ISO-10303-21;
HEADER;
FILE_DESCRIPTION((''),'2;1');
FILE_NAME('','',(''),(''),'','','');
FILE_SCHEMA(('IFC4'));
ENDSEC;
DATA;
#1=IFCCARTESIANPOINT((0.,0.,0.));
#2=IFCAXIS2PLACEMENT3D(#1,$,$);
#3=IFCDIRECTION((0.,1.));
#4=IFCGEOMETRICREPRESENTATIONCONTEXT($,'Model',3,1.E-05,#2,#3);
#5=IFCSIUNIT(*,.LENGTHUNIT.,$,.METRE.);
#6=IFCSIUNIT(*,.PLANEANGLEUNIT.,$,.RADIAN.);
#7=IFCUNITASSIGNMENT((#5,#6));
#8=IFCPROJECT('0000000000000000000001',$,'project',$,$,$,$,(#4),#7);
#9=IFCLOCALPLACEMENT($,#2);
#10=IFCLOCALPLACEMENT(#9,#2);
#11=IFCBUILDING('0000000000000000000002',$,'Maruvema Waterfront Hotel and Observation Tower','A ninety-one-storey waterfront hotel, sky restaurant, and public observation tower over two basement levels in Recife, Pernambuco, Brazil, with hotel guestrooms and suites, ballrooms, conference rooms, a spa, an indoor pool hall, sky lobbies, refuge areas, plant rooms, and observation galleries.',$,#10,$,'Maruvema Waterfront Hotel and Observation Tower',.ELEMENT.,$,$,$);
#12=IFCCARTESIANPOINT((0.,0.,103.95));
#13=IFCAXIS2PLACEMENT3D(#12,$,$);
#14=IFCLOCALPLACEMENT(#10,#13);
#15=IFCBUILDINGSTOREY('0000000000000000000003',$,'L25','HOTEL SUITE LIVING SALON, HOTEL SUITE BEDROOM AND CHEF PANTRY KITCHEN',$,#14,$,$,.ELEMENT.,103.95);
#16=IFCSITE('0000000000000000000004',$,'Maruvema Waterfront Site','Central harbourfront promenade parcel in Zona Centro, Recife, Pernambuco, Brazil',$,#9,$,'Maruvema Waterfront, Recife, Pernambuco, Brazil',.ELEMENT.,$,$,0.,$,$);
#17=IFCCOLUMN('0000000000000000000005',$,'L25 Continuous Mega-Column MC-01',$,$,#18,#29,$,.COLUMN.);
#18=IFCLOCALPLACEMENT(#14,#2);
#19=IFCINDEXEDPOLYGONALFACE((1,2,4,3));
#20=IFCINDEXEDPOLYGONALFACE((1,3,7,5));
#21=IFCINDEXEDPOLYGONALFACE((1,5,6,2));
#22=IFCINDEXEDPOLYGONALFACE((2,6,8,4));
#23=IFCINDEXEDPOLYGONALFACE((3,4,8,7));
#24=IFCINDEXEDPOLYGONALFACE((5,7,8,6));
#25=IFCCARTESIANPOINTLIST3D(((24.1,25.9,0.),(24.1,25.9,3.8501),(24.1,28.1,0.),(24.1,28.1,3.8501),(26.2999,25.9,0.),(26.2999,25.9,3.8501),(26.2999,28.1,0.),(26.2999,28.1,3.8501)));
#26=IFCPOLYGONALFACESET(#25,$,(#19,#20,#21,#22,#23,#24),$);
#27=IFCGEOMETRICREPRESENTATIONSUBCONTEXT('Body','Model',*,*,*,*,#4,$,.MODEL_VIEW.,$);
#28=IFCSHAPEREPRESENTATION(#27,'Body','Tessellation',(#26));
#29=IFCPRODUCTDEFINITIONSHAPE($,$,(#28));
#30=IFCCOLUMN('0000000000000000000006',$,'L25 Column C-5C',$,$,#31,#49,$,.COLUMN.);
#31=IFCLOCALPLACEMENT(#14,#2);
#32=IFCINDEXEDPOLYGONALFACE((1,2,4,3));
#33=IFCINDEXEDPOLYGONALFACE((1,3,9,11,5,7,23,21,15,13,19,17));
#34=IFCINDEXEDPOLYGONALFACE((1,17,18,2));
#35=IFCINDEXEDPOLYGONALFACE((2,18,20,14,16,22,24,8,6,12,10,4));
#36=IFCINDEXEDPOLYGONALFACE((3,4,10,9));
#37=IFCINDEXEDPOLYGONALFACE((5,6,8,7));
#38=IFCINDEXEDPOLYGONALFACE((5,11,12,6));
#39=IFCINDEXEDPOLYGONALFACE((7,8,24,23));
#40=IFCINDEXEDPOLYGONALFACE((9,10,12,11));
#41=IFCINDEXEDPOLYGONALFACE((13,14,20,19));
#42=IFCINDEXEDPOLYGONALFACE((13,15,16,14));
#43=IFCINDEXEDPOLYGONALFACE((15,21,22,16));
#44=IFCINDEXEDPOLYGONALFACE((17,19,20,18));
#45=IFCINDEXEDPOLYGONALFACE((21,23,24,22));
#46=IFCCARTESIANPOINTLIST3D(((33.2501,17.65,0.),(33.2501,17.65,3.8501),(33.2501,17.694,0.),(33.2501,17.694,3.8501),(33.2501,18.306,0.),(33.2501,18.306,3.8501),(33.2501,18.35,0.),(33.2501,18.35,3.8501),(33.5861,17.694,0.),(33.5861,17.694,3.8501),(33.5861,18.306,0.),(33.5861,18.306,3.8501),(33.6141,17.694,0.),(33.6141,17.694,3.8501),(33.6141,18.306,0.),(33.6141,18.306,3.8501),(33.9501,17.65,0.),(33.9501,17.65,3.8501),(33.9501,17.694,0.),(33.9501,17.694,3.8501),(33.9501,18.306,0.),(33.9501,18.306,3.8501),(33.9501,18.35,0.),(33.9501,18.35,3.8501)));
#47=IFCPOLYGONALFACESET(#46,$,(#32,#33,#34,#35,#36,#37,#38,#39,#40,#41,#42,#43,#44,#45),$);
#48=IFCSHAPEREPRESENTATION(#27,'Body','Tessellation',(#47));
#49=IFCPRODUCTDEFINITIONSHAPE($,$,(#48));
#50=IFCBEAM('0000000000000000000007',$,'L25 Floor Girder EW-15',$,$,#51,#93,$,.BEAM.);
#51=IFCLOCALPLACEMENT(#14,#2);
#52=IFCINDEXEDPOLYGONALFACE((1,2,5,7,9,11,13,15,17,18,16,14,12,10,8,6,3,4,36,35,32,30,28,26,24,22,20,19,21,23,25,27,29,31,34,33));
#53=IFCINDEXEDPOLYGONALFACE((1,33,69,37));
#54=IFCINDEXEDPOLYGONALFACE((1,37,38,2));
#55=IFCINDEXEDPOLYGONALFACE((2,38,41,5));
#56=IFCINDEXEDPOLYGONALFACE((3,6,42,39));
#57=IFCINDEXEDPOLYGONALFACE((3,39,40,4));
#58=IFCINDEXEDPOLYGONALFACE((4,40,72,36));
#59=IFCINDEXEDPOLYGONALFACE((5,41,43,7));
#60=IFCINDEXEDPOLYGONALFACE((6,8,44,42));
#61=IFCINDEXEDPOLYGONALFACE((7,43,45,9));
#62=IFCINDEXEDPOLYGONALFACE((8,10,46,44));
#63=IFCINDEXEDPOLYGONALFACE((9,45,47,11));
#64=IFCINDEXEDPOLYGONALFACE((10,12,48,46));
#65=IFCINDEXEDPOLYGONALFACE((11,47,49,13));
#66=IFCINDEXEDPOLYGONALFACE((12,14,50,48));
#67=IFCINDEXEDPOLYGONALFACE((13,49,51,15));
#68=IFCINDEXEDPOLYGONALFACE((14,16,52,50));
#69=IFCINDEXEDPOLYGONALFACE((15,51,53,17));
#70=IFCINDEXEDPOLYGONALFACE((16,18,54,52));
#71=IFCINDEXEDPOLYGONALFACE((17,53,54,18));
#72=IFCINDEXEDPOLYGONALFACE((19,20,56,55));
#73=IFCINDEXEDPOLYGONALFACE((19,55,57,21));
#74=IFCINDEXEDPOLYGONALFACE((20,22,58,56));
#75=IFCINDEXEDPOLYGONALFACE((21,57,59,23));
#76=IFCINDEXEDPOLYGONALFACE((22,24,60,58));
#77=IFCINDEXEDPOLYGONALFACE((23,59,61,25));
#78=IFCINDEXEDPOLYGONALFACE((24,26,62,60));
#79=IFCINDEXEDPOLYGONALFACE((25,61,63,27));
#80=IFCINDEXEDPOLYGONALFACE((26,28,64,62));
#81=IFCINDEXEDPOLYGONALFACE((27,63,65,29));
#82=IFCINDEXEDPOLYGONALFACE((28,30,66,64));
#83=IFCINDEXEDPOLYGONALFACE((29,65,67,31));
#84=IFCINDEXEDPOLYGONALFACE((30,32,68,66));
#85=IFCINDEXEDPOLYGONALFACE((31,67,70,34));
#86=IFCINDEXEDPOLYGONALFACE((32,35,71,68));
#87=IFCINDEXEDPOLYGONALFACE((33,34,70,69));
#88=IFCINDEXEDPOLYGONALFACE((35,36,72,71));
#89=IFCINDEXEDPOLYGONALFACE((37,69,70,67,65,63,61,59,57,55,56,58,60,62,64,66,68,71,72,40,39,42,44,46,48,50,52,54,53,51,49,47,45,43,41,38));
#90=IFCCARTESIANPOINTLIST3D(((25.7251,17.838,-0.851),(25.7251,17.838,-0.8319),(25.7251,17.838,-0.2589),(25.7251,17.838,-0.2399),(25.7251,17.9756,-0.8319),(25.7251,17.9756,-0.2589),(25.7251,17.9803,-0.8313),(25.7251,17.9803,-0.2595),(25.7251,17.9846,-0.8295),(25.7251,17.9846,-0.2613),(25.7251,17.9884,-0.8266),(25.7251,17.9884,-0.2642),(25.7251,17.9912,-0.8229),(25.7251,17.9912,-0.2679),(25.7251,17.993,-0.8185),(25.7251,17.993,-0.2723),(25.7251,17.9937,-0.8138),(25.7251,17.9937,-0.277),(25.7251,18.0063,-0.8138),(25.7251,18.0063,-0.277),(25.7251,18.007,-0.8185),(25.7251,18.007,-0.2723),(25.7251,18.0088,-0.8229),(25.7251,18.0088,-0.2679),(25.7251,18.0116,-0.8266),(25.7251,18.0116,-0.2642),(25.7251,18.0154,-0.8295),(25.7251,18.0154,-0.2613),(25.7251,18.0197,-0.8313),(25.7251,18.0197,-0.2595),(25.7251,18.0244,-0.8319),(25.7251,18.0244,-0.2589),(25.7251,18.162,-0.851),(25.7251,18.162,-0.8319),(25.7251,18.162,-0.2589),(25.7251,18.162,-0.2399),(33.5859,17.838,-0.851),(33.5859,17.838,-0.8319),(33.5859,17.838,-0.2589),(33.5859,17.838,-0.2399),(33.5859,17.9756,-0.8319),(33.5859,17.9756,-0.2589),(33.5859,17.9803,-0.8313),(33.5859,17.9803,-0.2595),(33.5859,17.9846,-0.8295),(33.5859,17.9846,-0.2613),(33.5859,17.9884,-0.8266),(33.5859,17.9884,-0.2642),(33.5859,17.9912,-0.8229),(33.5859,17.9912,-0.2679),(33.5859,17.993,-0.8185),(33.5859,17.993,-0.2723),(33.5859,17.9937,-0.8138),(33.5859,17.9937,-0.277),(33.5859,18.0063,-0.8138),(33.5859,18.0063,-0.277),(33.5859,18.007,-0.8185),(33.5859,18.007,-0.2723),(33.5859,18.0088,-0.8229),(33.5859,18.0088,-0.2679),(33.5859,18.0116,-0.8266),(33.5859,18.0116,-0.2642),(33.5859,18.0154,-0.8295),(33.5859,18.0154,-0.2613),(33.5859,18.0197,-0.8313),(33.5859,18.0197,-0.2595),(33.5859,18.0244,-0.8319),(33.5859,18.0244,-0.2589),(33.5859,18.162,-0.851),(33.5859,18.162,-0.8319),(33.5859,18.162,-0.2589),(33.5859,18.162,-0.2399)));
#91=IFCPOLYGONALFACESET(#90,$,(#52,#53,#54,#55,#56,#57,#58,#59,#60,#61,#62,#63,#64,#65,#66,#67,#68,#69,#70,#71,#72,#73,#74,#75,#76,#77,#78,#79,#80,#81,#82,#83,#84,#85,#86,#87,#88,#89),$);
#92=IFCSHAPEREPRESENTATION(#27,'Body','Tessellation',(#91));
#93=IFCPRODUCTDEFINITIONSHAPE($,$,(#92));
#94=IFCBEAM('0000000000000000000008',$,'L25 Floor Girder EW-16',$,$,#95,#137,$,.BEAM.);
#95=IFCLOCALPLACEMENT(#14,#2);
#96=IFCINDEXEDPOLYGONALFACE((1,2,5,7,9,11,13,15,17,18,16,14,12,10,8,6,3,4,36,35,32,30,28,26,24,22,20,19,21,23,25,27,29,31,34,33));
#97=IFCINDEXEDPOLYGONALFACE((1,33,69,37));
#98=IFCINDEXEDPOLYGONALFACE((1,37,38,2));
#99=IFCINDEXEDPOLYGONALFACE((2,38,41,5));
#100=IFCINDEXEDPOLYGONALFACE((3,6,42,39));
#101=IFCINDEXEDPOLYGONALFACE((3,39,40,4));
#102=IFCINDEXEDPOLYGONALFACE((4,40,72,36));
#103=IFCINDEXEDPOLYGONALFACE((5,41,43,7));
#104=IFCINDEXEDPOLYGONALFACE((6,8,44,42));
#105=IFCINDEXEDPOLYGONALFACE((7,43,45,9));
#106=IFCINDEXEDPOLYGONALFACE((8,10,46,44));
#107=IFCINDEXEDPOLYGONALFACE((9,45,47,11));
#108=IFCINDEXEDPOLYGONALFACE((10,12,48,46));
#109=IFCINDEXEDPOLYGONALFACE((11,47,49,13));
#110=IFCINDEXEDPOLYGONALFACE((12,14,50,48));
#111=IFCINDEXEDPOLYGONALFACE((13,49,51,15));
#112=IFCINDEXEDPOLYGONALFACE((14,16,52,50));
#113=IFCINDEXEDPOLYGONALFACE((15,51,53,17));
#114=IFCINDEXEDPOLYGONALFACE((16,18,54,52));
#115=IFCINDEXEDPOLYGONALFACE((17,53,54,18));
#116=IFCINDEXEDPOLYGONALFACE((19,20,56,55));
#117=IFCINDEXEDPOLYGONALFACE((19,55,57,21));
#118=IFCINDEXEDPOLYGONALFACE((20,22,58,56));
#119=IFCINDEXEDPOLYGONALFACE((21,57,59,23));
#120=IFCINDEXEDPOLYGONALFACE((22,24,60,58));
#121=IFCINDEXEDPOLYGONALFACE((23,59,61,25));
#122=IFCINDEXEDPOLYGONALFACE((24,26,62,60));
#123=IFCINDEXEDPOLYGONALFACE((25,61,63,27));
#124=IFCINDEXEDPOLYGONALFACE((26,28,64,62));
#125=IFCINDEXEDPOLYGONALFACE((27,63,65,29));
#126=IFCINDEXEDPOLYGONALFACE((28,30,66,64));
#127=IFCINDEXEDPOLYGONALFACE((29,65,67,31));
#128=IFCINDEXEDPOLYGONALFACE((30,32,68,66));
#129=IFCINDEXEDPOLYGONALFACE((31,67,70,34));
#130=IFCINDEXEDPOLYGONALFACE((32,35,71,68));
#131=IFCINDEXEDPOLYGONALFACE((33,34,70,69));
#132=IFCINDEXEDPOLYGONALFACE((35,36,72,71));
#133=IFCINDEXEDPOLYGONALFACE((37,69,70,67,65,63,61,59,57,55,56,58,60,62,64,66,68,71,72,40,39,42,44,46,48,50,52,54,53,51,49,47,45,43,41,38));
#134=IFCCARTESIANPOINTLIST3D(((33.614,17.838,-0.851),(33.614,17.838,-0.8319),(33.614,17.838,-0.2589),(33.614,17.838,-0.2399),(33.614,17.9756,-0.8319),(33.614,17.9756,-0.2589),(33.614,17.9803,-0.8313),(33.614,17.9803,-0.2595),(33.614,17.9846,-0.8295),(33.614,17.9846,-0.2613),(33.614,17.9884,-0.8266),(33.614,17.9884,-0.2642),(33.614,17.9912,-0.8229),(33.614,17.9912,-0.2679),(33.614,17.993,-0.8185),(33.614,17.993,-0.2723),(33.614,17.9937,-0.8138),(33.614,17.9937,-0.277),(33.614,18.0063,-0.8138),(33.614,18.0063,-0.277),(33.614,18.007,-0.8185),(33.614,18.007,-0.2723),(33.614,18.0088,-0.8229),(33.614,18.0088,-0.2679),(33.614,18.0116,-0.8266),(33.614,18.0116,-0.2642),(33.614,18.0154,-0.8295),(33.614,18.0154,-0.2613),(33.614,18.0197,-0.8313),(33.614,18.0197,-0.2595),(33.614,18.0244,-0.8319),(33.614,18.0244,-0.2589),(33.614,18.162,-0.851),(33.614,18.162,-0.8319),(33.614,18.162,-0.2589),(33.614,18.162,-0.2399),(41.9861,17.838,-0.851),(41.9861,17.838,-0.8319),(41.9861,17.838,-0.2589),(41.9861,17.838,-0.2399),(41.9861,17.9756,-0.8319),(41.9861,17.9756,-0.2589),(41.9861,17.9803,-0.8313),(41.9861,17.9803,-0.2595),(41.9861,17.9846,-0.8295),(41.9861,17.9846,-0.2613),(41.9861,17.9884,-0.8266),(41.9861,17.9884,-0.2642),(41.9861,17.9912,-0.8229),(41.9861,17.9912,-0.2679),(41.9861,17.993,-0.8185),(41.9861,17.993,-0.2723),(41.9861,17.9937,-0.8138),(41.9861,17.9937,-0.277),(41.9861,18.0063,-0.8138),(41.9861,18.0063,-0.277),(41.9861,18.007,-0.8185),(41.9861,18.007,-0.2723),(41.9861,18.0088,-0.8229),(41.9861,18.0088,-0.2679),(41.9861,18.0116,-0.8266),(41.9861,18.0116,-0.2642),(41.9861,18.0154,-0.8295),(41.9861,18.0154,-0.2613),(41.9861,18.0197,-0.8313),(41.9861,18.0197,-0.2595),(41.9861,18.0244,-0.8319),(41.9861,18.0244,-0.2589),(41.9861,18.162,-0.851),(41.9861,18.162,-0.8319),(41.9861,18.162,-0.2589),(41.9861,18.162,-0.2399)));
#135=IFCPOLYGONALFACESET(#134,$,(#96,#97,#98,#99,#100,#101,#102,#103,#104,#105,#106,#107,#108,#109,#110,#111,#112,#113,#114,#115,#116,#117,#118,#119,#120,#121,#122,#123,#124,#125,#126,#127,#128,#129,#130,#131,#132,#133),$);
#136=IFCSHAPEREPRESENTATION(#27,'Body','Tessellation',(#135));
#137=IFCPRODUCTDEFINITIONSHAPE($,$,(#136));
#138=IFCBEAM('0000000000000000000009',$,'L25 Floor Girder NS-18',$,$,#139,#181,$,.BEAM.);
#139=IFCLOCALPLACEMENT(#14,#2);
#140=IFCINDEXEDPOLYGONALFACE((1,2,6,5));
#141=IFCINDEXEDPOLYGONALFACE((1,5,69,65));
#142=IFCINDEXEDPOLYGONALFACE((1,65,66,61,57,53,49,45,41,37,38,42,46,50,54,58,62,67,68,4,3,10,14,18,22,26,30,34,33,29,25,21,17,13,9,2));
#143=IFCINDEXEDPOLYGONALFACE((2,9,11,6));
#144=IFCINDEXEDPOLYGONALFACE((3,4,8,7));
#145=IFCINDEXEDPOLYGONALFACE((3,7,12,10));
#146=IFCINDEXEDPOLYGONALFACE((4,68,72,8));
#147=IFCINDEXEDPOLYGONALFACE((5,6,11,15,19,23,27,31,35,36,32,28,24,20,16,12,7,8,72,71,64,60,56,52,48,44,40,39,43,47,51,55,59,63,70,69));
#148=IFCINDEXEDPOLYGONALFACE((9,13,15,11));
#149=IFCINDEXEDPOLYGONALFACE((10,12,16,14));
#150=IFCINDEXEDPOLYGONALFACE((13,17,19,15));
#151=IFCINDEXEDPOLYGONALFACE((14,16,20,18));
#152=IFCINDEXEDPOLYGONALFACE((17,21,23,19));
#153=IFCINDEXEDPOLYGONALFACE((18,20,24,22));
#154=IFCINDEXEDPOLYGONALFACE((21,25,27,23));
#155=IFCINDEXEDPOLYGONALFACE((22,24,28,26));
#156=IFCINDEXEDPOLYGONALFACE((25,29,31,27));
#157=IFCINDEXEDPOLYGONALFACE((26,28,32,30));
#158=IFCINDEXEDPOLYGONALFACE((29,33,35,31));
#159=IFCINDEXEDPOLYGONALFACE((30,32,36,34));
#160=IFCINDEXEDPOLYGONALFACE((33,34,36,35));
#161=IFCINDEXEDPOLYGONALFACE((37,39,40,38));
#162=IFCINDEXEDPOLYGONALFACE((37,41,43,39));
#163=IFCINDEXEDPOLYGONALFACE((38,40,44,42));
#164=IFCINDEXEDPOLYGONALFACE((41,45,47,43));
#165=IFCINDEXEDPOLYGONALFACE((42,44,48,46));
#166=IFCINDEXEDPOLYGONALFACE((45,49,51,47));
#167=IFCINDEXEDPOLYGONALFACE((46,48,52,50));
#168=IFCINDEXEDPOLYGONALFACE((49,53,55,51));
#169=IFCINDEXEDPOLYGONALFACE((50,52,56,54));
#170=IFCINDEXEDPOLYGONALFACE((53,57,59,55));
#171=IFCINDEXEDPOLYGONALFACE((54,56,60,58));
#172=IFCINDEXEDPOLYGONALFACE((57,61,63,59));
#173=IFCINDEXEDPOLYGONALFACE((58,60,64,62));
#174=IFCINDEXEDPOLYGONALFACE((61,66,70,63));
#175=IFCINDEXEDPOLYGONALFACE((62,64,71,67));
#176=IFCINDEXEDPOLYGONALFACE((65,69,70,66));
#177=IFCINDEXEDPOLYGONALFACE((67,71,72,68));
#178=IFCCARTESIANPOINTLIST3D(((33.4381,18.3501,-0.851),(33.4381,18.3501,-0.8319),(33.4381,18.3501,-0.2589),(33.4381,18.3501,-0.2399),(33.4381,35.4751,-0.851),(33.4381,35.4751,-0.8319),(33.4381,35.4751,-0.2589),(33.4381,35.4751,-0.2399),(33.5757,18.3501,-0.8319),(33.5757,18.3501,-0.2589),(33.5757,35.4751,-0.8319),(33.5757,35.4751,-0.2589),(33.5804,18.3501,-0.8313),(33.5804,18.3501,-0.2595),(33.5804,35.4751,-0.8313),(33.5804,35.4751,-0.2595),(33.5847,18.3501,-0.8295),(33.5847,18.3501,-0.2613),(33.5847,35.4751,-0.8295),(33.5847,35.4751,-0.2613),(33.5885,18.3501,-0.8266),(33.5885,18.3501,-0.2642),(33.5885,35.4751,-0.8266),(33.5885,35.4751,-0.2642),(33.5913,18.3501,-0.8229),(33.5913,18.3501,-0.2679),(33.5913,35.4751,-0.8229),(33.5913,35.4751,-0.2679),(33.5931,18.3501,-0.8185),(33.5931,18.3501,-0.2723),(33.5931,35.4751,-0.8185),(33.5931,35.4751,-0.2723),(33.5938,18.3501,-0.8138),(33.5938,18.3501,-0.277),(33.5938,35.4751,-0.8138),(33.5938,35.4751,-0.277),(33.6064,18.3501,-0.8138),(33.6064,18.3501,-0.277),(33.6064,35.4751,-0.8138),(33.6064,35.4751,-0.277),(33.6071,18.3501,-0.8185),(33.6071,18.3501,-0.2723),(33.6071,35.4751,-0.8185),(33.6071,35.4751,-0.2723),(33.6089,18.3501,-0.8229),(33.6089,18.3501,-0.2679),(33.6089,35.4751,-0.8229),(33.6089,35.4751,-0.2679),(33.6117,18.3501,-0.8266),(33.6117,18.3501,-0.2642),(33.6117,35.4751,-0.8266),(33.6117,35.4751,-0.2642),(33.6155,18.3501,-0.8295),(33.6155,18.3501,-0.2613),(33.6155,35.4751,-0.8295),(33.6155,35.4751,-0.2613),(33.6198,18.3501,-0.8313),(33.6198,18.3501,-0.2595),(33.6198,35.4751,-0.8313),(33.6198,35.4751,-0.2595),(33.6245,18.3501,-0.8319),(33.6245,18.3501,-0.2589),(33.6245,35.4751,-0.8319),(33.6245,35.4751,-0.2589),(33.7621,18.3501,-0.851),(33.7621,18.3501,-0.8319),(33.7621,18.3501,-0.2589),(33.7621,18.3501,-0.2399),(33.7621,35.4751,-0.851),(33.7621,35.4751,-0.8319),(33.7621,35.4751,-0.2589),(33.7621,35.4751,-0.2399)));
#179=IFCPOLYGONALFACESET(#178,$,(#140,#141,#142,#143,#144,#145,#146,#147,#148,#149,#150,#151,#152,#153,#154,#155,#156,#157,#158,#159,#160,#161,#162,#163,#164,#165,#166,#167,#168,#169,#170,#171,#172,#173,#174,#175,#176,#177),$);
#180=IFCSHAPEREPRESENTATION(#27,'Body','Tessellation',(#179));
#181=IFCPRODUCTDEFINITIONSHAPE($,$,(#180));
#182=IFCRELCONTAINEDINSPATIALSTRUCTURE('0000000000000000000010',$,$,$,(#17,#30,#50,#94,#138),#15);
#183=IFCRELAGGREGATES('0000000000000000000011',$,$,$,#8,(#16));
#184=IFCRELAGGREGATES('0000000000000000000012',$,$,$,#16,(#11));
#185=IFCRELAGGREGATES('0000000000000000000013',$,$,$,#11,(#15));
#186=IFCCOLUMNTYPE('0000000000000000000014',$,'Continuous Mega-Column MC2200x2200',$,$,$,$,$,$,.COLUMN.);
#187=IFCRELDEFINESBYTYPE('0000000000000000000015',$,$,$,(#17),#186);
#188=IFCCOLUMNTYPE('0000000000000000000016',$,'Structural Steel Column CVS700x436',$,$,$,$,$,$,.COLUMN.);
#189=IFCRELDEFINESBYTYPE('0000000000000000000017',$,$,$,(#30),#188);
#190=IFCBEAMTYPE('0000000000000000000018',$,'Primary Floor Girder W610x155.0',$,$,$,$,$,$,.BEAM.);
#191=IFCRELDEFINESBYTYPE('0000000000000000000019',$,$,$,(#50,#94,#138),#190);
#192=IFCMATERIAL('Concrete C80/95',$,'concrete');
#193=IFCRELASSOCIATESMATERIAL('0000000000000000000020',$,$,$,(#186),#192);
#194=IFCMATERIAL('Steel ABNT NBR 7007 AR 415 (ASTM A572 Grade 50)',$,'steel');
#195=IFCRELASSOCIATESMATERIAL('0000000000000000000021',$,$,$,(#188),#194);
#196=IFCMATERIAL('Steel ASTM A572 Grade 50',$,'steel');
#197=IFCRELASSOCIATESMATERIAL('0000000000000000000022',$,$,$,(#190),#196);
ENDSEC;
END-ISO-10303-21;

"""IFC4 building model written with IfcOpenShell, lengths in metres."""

from ifc_helpers import new_model, si_unit, direction, frame, origin, origin_2d, place, context, subcontext, project, spatial, rectangle, i_section, extrude, material, material_profile, profile_set, type_object, element, save


model = new_model("IFC4")

# Units and contexts
model_context = context("Model", 3, precision=1e-05, world=origin(), true_north=direction((0.0, 1.0)))
body_context = subcontext(model_context, "Body", "Model", "MODEL_VIEW")
ifc_project = project(units=[si_unit("LENGTHUNIT", "METRE"), si_unit("PLANEANGLEUNIT", "RADIAN")], contexts=[model_context])

# Site, building, storey
site_placement = place(None, origin())
site = spatial("IfcSite", under=ifc_project, at=site_placement, Name="Maruvema Waterfront Site", Description="Central harbourfront promenade parcel in Zona Centro, Recife, Pernambuco, Brazil", LongName="Maruvema Waterfront, Recife, Pernambuco, Brazil", CompositionType="ELEMENT", RefElevation=0.0)
building_placement = place(site_placement, origin())
building = spatial("IfcBuilding", under=site, at=building_placement, Name="Maruvema Waterfront Hotel and Observation Tower", Description="A ninety-one-storey waterfront hotel, sky restaurant, and public observation tower over two basement levels in Recife, Pernambuco, Brazil, with hotel guestrooms and suites, ballrooms, conference rooms, a spa, an indoor pool hall, sky lobbies, refuge areas, plant rooms, and observation galleries.", LongName="Maruvema Waterfront Hotel and Observation Tower", CompositionType="ELEMENT")
storey_placement = place(building_placement, frame((0.0, 0.0, 103.95)))
storey = spatial("IfcBuildingStorey", under=building, at=storey_placement, Name="L25", Description="HOTEL SUITE LIVING SALON, HOTEL SUITE BEDROOM AND CHEF PANTRY KITCHEN", CompositionType="ELEMENT", Elevation=103.95)

# Columns
ifc_material_1 = material(Name="Concrete C80/95", Category="concrete")
ifc_material_profile_1 = material_profile(ifc_material_1, rectangle(XDim=2.2, YDim=2.2, at=origin_2d()), Name="MC2200x2200")
ifc_profile_set_1 = profile_set([ifc_material_profile_1], Name="Concrete C80/95")
column_type_1 = type_object("IfcColumnType", Name="Continuous Mega-Column MC2200x2200", PredefinedType="COLUMN", material=ifc_profile_set_1)
column_1_placement = place(storey_placement, frame((25.2, 27.0, 0.0), z_axis=(0.0, 0.0, 1.0), x_axis=(1.0, 0.0, 0.0)))
element("IfcColumn", 1, at=column_1_placement, inside=storey, type_object=column_type_1, Name="L25 Continuous Mega-Column MC-01", PredefinedType="COLUMN", context=body_context, shape_type="SweptSolid", body=[
    extrude(rectangle(XDim=2.2, YDim=2.2, at=origin_2d()), origin(), (0.0, 0.0, 1.0), 3.8501),
])
ifc_material_2 = material(Name="Steel ABNT NBR 7007 AR 415 (ASTM A572 Grade 50)", Category="steel")
ifc_material_profile_2 = material_profile(ifc_material_2, i_section(OverallWidth=0.7, OverallDepth=0.7, WebThickness=0.0281, FlangeThickness=0.0439, at=origin_2d()), Name="CVS700x436")
ifc_profile_set_2 = profile_set([ifc_material_profile_2], Name="Steel ABNT NBR 7007 AR 415 (ASTM A572 Grade 50)")
column_type_2 = type_object("IfcColumnType", Name="Structural Steel Column CVS700x436", PredefinedType="COLUMN", material=ifc_profile_set_2)
column_2_placement = place(storey_placement, frame((33.6001, 18.0, 0.0), z_axis=(0.0, 0.0, 1.0), x_axis=(1.0, 0.0, 0.0)))
element("IfcColumn", 2, at=column_2_placement, inside=storey, type_object=column_type_2, Name="L25 Column C-5C", PredefinedType="COLUMN", context=body_context, shape_type="SweptSolid", body=[
    extrude(i_section(OverallWidth=0.7, OverallDepth=0.7, WebThickness=0.0281, FlangeThickness=0.0439, at=origin_2d()), origin(), (0.0, 0.0, 1.0), 3.8501),
])

# Beams
ifc_material_3 = material(Name="Steel ASTM A572 Grade 50", Category="steel")
ifc_material_profile_3 = material_profile(ifc_material_3, i_section(OverallWidth=0.324, OverallDepth=0.6111, WebThickness=0.0127, FlangeThickness=0.019, FilletRadius=0.0181, at=origin_2d()), Name="W610x155.0")
ifc_profile_set_3 = profile_set([ifc_material_profile_3], Name="Steel ASTM A572 Grade 50")
beam_type = type_object("IfcBeamType", Name="Primary Floor Girder W610x155.0", PredefinedType="BEAM", material=ifc_profile_set_3)
beam_1_placement = place(storey_placement, frame((25.7251, 18.0, -0.5454), z_axis=(1.0, 0.0, 0.0), x_axis=(0.0, 1.0, 0.0)))
element("IfcBeam", 3, at=beam_1_placement, inside=storey, type_object=beam_type, Name="L25 Floor Girder EW-15", PredefinedType="BEAM", context=body_context, shape_type="SweptSolid", body=[
    extrude(i_section(OverallWidth=0.324, OverallDepth=0.6111, WebThickness=0.0127, FlangeThickness=0.019, FilletRadius=0.0181, at=origin_2d()), origin(), (0.0, 0.0, 1.0), 7.8608),
])
beam_2_placement = place(storey_placement, frame((33.614, 18.0, -0.5454), z_axis=(1.0, 0.0, 0.0), x_axis=(0.0, 1.0, 0.0)))
element("IfcBeam", 4, at=beam_2_placement, inside=storey, type_object=beam_type, Name="L25 Floor Girder EW-16", PredefinedType="BEAM", context=body_context, shape_type="SweptSolid", body=[
    extrude(i_section(OverallWidth=0.324, OverallDepth=0.6111, WebThickness=0.0127, FlangeThickness=0.019, FilletRadius=0.0181, at=origin_2d()), origin(), (0.0, 0.0, 1.0), 8.3721),
])
beam_3_placement = place(storey_placement, frame((33.6001, 18.3501, -0.5454), z_axis=(0.0, 1.0, 0.0), x_axis=(-1.0, 0.0, 0.0)))
element("IfcBeam", 5, at=beam_3_placement, inside=storey, type_object=beam_type, Name="L25 Floor Girder NS-18", PredefinedType="BEAM", context=body_context, shape_type="SweptSolid", body=[
    extrude(i_section(OverallWidth=0.324, OverallDepth=0.6111, WebThickness=0.0127, FlangeThickness=0.019, FilletRadius=0.0181, at=origin_2d()), origin(), (0.0, 0.0, 1.0), 17.125),
])

save(model, "model.ifc")
